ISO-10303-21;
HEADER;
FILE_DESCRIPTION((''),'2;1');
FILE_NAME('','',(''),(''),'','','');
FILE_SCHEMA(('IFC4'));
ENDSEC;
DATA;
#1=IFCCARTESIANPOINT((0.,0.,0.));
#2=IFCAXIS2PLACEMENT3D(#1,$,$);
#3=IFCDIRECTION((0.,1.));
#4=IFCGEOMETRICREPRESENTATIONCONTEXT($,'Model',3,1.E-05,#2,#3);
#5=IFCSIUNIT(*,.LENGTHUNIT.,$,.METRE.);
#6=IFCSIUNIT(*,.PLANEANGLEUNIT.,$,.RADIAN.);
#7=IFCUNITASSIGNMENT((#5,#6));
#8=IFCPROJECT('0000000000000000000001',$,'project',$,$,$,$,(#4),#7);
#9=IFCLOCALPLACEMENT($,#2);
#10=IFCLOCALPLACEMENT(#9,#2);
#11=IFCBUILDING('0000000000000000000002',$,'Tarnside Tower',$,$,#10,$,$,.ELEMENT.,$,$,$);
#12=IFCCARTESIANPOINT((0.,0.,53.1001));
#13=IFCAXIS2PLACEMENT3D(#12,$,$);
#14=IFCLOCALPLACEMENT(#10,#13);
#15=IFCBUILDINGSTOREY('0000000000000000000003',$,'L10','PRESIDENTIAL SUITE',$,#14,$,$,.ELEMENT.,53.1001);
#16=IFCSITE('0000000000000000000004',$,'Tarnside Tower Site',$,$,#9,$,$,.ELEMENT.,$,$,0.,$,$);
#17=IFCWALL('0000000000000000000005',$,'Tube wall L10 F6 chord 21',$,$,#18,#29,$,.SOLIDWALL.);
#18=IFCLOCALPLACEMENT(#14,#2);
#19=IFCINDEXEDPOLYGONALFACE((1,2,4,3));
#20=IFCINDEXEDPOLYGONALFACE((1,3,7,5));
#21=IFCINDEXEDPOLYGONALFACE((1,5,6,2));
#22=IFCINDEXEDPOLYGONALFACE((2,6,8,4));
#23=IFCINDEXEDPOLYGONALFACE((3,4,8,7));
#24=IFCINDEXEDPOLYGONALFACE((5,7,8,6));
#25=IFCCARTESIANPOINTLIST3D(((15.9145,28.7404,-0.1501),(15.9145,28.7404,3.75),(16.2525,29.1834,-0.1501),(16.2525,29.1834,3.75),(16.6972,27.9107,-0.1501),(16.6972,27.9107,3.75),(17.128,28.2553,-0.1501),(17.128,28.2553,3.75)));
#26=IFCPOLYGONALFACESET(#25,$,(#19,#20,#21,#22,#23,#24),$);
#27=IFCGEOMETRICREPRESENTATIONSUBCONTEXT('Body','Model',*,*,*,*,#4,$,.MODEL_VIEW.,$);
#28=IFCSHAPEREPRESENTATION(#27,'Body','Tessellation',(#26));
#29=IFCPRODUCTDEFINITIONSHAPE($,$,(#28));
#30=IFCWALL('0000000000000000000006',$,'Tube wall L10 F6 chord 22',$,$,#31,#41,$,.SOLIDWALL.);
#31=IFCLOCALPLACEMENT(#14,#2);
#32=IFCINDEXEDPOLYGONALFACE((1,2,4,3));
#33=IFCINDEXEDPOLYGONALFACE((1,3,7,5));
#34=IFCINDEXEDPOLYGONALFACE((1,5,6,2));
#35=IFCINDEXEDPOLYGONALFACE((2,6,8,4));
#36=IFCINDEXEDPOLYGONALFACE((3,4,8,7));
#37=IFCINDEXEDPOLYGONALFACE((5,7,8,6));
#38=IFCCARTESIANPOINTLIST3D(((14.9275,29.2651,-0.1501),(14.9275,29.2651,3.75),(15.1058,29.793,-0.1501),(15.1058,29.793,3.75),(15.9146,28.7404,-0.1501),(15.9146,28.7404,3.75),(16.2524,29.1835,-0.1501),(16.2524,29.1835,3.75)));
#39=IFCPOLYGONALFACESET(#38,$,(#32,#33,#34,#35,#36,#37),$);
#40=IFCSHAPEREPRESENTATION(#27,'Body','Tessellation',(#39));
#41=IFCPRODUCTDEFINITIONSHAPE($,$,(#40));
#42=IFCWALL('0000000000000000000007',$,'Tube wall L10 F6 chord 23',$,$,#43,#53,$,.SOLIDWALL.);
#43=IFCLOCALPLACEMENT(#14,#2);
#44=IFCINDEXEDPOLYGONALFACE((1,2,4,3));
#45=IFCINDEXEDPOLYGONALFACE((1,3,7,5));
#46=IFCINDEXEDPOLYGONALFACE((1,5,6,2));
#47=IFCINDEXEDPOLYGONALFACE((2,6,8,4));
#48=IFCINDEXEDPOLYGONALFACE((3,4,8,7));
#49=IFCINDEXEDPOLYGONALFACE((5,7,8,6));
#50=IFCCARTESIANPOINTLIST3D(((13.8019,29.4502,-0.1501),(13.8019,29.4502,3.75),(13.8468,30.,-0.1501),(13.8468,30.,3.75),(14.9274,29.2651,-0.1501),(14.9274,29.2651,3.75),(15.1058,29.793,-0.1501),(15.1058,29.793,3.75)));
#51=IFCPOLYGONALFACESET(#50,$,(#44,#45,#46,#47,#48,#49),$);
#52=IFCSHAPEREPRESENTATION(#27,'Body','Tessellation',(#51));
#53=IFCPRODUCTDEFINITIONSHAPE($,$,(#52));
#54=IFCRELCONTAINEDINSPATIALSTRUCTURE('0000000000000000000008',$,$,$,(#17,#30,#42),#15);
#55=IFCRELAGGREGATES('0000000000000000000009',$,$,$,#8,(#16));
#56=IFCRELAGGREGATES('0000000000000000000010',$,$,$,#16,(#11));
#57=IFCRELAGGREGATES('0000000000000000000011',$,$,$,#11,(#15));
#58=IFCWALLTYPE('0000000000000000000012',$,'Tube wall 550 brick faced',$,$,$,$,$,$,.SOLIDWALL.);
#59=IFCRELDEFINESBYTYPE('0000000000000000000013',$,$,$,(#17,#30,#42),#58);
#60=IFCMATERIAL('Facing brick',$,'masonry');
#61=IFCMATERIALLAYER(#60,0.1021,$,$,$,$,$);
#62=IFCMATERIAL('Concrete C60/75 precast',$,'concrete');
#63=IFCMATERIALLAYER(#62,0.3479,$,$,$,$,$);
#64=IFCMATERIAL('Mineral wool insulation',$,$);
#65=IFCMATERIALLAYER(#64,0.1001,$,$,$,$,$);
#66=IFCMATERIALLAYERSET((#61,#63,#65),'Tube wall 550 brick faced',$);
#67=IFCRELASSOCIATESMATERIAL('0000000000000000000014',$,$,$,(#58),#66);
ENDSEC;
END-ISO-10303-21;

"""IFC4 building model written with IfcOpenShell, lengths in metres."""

from ifc_helpers import new_model, si_unit, direction, frame, origin, place, context, subcontext, project, spatial, polyline, outline, extrude, material, layer, layer_set, type_object, element, save


model = new_model("IFC4")

# Units and contexts
model_context = context("Model", 3, precision=1e-05, world=origin(), true_north=direction((0.0, 1.0)))
body_context = subcontext(model_context, "Body", "Model", "MODEL_VIEW")
ifc_project = project(units=[si_unit("LENGTHUNIT", "METRE"), si_unit("PLANEANGLEUNIT", "RADIAN")], contexts=[model_context])

# Site, building, storey
site_placement = place(None, origin())
site = spatial("IfcSite", under=ifc_project, at=site_placement, Name="Tarnside Tower Site", CompositionType="ELEMENT", RefElevation=0.0)
building_placement = place(site_placement, origin())
building = spatial("IfcBuilding", under=site, at=building_placement, Name="Tarnside Tower", CompositionType="ELEMENT")
storey_placement = place(building_placement, frame((0.0, 0.0, 53.1001)))
storey = spatial("IfcBuildingStorey", under=building, at=storey_placement, Name="L10", Description="PRESIDENTIAL SUITE", CompositionType="ELEMENT", Elevation=53.1001)

# Shared definitions
ifc_material_1 = material(Name="Facing brick", Category="masonry")
ifc_layer_1 = layer(ifc_material_1, 0.1021)
ifc_material_2 = material(Name="Concrete C60/75 precast", Category="concrete")
ifc_layer_2 = layer(ifc_material_2, 0.3479)
ifc_material_3 = material(Name="Mineral wool insulation")
ifc_layer_3 = layer(ifc_material_3, 0.1001)
ifc_layer_set_1 = layer_set([ifc_layer_1, ifc_layer_2, ifc_layer_3], Name="Tube wall 550 brick faced")
wall_type_1 = type_object("IfcWallType", Name="Tube wall 550 brick faced", PredefinedType="SOLIDWALL", material=ifc_layer_set_1)

# Walls
wall_1_placement = place(storey_placement, frame((16.9126, 28.083, -0.1501), z_axis=(0.0, 0.0, 1.0), x_axis=(-0.686196, 0.727416, 0.0)))
element("IfcWall", 1, at=wall_1_placement, inside=storey, type_object=wall_type_1, Name="Tube wall L10 F6 chord 21", PredefinedType="SOLIDWALL", context=body_context, shape_type="SweptSolid", body=[
    extrude(outline(polyline([(-0.0225, -0.2749), (1.2534, -0.2749), (1.1631, 0.2749), (0.0225, 0.2749), (-0.0225, -0.2749)])), origin(), (0.0, 0.0, 1.0), 3.9001),
])
wall_2_placement = place(storey_placement, frame((16.0835, 28.9619, -0.1501), z_axis=(0.0, 0.0, 1.0), x_axis=(-0.882995, 0.469382, 0.0)))
element("IfcWall", 2, at=wall_2_placement, inside=storey, type_object=wall_type_1, Name="Tube wall L10 F6 chord 22", PredefinedType="SOLIDWALL", context=body_context, shape_type="SweptSolid", body=[
    extrude(outline(polyline([(-0.0452, -0.2749), (1.2534, -0.2749), (1.1631, 0.2749), (0.0452, 0.2749), (-0.0452, -0.2749)])), origin(), (0.0, 0.0, 1.0), 3.9001),
])
wall_3_placement = place(storey_placement, frame((15.0166, 29.5291, -0.1501), z_axis=(0.0, 0.0, 1.0), x_axis=(-0.986747, 0.162269, 0.0)))
element("IfcWall", 3, at=wall_3_placement, inside=storey, type_object=wall_type_1, Name="Tube wall L10 F6 chord 23", PredefinedType="SOLIDWALL", context=body_context, shape_type="SweptSolid", body=[
    extrude(outline(polyline([(-0.0452, -0.2749), (1.2307, -0.2749), (1.1858, 0.2749), (0.0452, 0.2749), (-0.0452, -0.2749)])), origin(), (0.0, 0.0, 1.0), 3.9001),
])

save(model, "model.ifc")
